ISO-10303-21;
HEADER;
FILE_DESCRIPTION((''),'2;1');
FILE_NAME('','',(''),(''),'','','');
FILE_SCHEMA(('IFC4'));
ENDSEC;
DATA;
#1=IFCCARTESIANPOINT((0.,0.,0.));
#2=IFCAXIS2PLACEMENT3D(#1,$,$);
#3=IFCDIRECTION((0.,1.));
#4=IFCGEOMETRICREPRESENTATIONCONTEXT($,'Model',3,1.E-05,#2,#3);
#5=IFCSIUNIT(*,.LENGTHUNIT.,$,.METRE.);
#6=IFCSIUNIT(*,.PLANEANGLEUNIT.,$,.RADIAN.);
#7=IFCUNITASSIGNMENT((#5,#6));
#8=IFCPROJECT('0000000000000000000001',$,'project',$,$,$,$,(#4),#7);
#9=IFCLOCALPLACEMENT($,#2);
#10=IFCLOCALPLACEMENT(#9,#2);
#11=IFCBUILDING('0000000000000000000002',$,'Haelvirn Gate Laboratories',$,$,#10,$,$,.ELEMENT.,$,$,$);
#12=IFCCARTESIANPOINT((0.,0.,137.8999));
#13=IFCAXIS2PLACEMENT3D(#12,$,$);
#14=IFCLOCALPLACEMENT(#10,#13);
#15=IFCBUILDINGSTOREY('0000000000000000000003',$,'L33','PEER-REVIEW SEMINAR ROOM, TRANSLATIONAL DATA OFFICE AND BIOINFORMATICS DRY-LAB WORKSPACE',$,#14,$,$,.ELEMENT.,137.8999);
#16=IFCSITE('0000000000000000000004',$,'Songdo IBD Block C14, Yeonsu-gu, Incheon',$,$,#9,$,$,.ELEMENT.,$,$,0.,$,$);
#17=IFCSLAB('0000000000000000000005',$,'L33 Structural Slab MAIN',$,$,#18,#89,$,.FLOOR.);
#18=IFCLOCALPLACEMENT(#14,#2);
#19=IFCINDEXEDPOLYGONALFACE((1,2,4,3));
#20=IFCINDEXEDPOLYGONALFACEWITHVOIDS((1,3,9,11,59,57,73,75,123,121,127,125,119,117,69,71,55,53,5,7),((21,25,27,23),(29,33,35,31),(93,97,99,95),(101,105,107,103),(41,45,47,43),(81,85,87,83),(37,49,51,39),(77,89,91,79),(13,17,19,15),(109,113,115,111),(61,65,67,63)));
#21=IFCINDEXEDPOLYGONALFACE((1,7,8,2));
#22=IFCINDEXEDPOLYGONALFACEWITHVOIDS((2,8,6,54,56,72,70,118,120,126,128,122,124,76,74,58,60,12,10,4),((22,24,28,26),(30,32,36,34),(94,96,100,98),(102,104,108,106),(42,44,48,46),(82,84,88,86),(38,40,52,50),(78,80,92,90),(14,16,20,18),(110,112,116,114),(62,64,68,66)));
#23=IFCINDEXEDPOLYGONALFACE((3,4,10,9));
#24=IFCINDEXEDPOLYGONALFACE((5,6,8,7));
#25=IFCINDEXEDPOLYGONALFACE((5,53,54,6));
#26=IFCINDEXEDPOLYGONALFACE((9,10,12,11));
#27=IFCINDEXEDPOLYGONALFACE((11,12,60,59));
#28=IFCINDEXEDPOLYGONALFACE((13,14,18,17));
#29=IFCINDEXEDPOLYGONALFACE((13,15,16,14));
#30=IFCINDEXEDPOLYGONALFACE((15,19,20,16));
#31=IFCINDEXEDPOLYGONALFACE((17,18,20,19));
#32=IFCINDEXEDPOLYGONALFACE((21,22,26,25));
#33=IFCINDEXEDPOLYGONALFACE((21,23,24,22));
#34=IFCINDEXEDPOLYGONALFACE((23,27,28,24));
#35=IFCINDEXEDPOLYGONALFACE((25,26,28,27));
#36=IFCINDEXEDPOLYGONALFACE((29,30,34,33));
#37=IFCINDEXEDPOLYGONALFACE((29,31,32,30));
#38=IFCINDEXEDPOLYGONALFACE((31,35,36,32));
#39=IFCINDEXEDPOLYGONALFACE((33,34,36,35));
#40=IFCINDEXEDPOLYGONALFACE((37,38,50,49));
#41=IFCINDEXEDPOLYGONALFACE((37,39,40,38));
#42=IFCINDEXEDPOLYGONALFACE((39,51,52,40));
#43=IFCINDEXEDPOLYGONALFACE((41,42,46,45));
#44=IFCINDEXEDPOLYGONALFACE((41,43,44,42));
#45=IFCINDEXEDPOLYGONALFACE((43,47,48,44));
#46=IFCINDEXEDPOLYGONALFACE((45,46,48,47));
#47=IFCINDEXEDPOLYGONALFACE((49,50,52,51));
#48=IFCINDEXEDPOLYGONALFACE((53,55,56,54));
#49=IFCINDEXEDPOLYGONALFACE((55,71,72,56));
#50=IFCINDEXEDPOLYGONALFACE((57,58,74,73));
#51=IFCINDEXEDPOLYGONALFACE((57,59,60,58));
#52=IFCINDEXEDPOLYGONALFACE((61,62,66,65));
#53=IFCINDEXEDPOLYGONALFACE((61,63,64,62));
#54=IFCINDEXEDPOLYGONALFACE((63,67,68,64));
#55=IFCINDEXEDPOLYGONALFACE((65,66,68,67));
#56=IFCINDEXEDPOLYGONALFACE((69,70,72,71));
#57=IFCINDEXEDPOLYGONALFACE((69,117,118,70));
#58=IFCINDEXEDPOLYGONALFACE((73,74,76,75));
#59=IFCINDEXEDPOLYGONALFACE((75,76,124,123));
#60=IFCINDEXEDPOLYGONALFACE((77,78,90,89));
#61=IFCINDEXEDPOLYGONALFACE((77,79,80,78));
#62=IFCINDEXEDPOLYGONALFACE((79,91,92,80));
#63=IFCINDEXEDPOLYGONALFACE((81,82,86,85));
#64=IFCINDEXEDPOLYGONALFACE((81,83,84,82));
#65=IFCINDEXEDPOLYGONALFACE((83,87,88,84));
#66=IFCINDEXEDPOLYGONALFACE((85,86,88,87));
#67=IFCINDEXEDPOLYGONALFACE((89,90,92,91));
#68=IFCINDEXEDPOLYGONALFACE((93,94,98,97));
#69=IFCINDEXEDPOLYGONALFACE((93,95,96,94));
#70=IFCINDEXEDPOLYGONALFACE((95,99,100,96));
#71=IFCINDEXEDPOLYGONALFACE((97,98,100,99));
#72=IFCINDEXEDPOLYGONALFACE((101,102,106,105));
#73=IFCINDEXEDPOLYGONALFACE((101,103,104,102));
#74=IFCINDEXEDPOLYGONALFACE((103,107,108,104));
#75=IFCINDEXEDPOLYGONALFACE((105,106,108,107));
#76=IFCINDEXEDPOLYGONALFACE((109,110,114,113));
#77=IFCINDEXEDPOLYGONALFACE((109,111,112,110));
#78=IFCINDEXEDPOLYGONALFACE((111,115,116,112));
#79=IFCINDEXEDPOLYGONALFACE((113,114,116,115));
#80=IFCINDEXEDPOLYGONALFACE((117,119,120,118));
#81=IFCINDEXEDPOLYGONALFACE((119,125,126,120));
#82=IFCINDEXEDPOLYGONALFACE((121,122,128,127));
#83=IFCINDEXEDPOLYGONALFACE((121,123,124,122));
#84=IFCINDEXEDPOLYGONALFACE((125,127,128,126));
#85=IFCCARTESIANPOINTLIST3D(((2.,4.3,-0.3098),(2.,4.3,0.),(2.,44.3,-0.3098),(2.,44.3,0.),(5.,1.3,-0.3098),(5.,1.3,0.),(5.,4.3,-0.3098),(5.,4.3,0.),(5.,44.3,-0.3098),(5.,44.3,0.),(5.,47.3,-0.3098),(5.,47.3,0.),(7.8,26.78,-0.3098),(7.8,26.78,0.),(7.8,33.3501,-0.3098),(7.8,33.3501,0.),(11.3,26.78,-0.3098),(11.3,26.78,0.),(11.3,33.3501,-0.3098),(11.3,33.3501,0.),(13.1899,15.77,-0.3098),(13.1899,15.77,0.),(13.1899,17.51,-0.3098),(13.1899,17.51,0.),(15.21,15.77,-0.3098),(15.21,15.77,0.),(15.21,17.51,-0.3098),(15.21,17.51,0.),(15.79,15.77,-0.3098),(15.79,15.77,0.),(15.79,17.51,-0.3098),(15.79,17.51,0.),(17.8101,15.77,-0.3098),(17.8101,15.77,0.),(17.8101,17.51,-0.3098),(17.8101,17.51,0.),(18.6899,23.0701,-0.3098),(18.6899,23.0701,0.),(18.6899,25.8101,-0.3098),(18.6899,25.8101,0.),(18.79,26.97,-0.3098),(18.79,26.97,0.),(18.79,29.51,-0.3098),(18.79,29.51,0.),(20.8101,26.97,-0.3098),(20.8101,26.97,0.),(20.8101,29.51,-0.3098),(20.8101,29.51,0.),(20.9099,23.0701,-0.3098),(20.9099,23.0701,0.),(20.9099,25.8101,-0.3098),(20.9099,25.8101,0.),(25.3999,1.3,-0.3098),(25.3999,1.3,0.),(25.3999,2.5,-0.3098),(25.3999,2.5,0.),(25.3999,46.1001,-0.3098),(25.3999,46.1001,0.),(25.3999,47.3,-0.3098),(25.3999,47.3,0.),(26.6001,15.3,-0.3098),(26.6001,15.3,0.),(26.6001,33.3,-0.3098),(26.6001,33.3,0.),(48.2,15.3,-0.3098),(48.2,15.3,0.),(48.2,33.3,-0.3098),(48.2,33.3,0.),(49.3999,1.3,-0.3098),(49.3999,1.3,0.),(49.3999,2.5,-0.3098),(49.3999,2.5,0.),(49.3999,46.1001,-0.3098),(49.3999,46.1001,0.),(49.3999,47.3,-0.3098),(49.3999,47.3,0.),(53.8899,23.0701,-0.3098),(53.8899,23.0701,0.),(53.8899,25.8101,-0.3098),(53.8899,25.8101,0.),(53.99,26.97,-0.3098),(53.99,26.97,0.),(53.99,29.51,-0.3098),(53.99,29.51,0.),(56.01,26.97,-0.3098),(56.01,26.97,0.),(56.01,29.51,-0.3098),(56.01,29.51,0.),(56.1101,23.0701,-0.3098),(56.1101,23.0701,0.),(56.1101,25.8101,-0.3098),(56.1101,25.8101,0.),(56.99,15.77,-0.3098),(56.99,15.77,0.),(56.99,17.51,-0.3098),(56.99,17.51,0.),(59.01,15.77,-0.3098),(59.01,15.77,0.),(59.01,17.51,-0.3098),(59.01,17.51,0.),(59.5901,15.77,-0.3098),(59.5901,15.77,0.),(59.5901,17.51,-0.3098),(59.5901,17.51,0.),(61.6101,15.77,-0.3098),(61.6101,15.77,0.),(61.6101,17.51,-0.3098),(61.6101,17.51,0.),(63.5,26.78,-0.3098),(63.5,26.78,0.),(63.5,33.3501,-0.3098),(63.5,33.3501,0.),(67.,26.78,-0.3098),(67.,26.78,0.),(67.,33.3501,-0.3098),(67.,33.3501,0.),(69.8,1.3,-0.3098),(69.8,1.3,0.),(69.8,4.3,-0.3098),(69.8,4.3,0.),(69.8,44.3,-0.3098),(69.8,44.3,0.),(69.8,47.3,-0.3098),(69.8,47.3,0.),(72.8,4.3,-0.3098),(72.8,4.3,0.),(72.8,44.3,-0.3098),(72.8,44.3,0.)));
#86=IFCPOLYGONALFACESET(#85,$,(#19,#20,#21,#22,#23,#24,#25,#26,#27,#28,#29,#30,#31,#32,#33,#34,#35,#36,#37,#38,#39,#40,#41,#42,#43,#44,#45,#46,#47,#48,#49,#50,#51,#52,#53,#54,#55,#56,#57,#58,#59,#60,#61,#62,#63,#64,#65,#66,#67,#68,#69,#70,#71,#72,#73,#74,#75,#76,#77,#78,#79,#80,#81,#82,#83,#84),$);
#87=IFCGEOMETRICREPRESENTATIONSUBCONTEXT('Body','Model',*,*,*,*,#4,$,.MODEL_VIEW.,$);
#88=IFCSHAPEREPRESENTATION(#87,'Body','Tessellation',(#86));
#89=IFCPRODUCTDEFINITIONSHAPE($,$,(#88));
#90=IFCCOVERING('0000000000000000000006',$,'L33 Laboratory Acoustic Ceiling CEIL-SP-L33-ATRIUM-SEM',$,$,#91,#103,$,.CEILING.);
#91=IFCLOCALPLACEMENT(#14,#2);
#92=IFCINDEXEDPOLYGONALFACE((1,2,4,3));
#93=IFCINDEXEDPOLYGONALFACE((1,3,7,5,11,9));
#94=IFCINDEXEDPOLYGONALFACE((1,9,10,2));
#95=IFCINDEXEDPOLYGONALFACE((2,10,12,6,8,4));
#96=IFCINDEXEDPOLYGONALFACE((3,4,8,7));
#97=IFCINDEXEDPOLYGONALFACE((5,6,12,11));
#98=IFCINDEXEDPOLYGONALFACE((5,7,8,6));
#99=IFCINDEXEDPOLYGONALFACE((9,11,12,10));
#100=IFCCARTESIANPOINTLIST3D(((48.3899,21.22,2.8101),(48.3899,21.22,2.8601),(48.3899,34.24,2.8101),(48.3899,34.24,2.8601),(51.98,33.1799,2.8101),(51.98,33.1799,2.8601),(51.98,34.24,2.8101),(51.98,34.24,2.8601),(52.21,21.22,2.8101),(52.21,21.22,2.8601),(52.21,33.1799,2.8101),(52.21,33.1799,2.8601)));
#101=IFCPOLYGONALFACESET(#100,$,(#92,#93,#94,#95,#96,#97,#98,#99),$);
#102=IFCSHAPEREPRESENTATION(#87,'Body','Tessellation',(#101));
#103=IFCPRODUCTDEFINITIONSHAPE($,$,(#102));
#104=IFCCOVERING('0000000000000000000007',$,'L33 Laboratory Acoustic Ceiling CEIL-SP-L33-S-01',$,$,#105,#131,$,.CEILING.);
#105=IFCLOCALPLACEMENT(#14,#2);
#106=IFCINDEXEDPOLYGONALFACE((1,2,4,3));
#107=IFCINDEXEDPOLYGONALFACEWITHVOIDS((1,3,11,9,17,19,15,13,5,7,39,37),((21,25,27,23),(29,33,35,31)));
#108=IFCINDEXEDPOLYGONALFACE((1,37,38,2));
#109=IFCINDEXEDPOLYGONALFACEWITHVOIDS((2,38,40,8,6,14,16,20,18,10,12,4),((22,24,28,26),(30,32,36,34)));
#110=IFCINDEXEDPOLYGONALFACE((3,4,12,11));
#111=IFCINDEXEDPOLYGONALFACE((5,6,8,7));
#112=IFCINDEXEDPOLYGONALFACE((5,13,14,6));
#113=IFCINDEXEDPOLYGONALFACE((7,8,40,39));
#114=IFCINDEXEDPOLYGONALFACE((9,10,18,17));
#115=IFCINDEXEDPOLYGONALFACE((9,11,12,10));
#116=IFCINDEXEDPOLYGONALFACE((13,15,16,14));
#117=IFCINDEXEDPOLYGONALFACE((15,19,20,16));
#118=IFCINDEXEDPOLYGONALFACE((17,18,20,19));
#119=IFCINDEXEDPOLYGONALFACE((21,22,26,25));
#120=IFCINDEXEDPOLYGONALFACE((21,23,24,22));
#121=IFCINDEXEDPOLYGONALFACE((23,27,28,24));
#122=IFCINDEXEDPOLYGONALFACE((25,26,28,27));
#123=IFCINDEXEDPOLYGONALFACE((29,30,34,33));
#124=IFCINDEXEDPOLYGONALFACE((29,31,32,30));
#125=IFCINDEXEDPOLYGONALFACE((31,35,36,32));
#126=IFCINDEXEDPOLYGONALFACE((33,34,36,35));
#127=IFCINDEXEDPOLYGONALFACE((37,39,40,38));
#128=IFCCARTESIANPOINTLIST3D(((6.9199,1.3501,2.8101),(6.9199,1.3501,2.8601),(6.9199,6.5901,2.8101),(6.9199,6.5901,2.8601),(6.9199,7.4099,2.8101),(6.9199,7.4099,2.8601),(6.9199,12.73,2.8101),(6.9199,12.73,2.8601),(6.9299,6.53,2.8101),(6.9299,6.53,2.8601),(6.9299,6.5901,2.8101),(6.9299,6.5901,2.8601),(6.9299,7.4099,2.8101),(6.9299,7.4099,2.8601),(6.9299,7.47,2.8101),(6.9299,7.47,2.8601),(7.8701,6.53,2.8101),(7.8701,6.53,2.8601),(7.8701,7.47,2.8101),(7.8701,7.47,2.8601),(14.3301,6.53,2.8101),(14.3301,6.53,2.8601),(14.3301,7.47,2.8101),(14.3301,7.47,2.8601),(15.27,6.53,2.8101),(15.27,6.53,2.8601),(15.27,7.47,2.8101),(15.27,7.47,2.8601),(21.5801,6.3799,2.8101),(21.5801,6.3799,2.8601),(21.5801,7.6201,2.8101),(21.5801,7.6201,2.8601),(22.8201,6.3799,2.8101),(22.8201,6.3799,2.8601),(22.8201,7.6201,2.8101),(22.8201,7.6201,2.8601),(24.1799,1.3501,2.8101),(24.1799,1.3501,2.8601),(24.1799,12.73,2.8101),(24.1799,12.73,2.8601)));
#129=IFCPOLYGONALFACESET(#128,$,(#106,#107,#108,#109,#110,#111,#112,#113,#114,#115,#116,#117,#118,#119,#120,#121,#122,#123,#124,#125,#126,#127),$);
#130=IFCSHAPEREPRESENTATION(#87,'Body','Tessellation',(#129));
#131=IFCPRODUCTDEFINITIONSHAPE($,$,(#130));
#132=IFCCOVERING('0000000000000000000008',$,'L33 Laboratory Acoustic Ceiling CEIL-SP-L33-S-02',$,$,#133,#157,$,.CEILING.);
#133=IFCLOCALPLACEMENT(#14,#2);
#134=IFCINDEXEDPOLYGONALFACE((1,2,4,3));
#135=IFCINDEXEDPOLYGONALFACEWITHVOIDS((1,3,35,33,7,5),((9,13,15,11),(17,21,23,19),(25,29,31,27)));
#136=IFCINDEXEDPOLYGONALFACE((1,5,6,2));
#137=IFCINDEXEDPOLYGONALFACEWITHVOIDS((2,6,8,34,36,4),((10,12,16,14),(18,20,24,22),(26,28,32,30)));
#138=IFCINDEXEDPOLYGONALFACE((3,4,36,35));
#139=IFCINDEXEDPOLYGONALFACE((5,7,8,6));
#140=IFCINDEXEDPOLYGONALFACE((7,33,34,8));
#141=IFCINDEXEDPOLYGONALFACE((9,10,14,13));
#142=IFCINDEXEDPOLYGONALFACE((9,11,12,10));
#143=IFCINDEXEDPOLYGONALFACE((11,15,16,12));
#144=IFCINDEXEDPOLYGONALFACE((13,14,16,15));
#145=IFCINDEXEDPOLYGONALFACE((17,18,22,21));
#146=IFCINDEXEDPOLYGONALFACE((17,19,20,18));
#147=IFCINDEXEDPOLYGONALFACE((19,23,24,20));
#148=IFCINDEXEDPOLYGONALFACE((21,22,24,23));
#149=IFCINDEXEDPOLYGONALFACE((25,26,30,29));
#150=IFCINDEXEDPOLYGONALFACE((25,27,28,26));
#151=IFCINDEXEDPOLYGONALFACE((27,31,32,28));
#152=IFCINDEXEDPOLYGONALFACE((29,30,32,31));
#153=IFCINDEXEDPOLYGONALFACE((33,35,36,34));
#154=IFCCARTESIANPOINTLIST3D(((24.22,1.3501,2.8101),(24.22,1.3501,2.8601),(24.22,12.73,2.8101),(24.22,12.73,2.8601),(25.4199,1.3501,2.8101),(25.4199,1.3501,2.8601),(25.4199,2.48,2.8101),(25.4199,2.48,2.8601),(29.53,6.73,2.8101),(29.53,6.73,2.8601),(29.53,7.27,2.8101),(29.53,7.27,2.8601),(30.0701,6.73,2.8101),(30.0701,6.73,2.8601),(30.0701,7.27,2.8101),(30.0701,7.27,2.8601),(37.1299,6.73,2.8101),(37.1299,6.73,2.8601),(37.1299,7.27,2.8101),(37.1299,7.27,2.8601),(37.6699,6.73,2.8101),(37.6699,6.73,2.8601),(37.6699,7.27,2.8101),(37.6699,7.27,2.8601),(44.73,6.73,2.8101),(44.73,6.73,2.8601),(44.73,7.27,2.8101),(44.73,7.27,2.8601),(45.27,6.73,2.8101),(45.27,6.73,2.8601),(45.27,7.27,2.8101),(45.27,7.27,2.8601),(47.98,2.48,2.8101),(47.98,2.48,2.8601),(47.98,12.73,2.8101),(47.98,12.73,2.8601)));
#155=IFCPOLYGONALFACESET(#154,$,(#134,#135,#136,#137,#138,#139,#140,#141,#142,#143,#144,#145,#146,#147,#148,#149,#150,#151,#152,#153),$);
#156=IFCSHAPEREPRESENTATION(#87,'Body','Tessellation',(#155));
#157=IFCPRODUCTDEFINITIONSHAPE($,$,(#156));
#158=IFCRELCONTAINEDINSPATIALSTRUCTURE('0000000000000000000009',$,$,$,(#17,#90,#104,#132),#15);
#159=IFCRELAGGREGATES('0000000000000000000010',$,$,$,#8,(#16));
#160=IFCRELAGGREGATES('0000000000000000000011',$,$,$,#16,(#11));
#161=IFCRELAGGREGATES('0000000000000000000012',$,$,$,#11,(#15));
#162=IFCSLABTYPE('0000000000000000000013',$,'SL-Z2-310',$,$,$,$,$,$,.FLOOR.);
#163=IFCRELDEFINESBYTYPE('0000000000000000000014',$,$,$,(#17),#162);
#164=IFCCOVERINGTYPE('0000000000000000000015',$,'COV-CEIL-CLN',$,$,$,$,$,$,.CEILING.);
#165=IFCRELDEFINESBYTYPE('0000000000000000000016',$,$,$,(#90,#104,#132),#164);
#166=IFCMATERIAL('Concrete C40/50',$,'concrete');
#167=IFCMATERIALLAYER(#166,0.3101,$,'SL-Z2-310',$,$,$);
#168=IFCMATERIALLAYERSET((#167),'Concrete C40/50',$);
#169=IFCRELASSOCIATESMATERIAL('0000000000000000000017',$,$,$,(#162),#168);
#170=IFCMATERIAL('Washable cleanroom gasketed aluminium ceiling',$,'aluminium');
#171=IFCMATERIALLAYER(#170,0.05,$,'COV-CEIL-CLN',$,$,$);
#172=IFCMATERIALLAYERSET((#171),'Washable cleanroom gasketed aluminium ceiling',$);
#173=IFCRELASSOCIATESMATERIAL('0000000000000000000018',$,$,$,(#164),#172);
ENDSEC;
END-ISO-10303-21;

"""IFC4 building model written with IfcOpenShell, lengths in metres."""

from ifc_helpers import new_model, si_unit, direction, frame, origin, place, context, subcontext, project, spatial, polyline, outline, extrude, material, layer, layer_set, type_object, element, save


model = new_model("IFC4")

# Units and contexts
model_context = context("Model", 3, precision=1e-05, world=origin(), true_north=direction((0.0, 1.0)))
body_context = subcontext(model_context, "Body", "Model", "MODEL_VIEW")
ifc_project = project(units=[si_unit("LENGTHUNIT", "METRE"), si_unit("PLANEANGLEUNIT", "RADIAN")], contexts=[model_context])

# Site, building, storey
site_placement = place(None, origin())
site = spatial("IfcSite", under=ifc_project, at=site_placement, Name="Songdo IBD Block C14, Yeonsu-gu, Incheon", CompositionType="ELEMENT", RefElevation=0.0)
building_placement = place(site_placement, origin())
building = spatial("IfcBuilding", under=site, at=building_placement, Name="Haelvirn Gate Laboratories", CompositionType="ELEMENT")
storey_placement = place(building_placement, frame((0.0, 0.0, 137.8999)))
storey = spatial("IfcBuildingStorey", under=building, at=storey_placement, Name="L33", Description="PEER-REVIEW SEMINAR ROOM, TRANSLATIONAL DATA OFFICE AND BIOINFORMATICS DRY-LAB WORKSPACE", CompositionType="ELEMENT", Elevation=137.8999)

# Slab
ifc_material_1 = material(Name="Concrete C40/50", Category="concrete")
ifc_layer_1 = layer(ifc_material_1, 0.3101, Name="SL-Z2-310")
ifc_layer_set_1 = layer_set([ifc_layer_1], Name="Concrete C40/50")
slab_type = type_object("IfcSlabType", Name="SL-Z2-310", PredefinedType="FLOOR", material=ifc_layer_set_1)
slab_placement = place(storey_placement, frame((0.0, 0.0, -0.3098)))
element("IfcSlab", 1, at=slab_placement, inside=storey, type_object=slab_type, Name="L33 Structural Slab MAIN", PredefinedType="FLOOR", context=body_context, shape_type="SweptSolid", body=[
    extrude(outline(polyline([(5.0, 1.3), (25.3999, 1.3), (25.3999, 2.5), (49.3999, 2.5), (49.3999, 1.3), (69.8, 1.3), (69.8, 4.3), (72.8, 4.3), (72.8, 44.3), (69.8, 44.3), (69.8, 47.3), (49.3999, 47.3), (49.3999, 46.1001), (25.3999, 46.1001), (25.3999, 47.3), (5.0, 47.3), (5.0, 44.3), (2.0, 44.3), (2.0, 4.3), (5.0, 4.3), (5.0, 1.3)]), holes=[polyline([(26.6001, 15.3), (48.2, 15.3), (48.2, 33.3), (26.6001, 33.3), (26.6001, 15.3)]), polyline([(11.3, 26.78), (11.3, 33.3501), (7.8, 33.3501), (7.8, 26.78), (11.3, 26.78)]), polyline([(67.0, 26.78), (67.0, 33.3501), (63.5, 33.3501), (63.5, 26.78), (67.0, 26.78)]), polyline([(13.1899, 15.77), (15.21, 15.77), (15.21, 17.51), (13.1899, 17.51), (13.1899, 15.77)]), polyline([(15.79, 15.77), (17.8101, 15.77), (17.8101, 17.51), (15.79, 17.51), (15.79, 15.77)]), polyline([(18.79, 26.97), (20.8101, 26.97), (20.8101, 29.51), (18.79, 29.51), (18.79, 26.97)]), polyline([(18.6899, 23.0701), (20.9099, 23.0701), (20.9099, 25.8101), (18.6899, 25.8101), (18.6899, 23.0701)]), polyline([(59.5901, 15.77), (61.6101, 15.77), (61.6101, 17.51), (59.5901, 17.51), (59.5901, 15.77)]), polyline([(56.99, 15.77), (59.01, 15.77), (59.01, 17.51), (56.99, 17.51), (56.99, 15.77)]), polyline([(53.99, 26.97), (56.01, 26.97), (56.01, 29.51), (53.99, 29.51), (53.99, 26.97)]), polyline([(53.8899, 23.0701), (56.1101, 23.0701), (56.1101, 25.8101), (53.8899, 25.8101), (53.8899, 23.0701)])]), origin(), (0.0, 0.0, 1.0), 0.3098),
])

# Coverings
ifc_material_2 = material(Name="Washable cleanroom gasketed aluminium ceiling", Category="aluminium")
ifc_layer_2 = layer(ifc_material_2, 0.05, Name="COV-CEIL-CLN")
ifc_layer_set_2 = layer_set([ifc_layer_2], Name="Washable cleanroom gasketed aluminium ceiling")
covering_type_1 = type_object("IfcCoveringType", Name="COV-CEIL-CLN", PredefinedType="CEILING", material=ifc_layer_set_2)
covering_1_placement = place(storey_placement, frame((0.0, 0.0, 2.8101)))
element("IfcCovering", 2, at=covering_1_placement, inside=storey, type_object=covering_type_1, Name="L33 Laboratory Acoustic Ceiling CEIL-SP-L33-ATRIUM-SEM", PredefinedType="CEILING", context=body_context, shape_type="SweptSolid", body=[
    extrude(outline(polyline([(52.21, 21.22), (48.3899, 21.22), (48.3899, 34.24), (51.98, 34.24), (51.98, 33.1799), (52.21, 33.1799), (52.21, 21.22)])), origin(), (0.0, 0.0, 1.0), 0.05),
])
covering_2_placement = place(storey_placement, frame((0.0, 0.0, 2.8101)))
element("IfcCovering", 3, at=covering_2_placement, inside=storey, type_object=covering_type_1, Name="L33 Laboratory Acoustic Ceiling CEIL-SP-L33-S-01", PredefinedType="CEILING", context=body_context, shape_type="SweptSolid", body=[
    extrude(outline(polyline([(6.9199, 7.4099), (6.9199, 12.73), (24.1799, 12.73), (24.1799, 1.3501), (6.9199, 1.3501), (6.9199, 6.5901), (6.9299, 6.5901), (6.9299, 6.53), (7.8701, 6.53), (7.8701, 7.47), (6.9299, 7.47), (6.9299, 7.4099), (6.9199, 7.4099)]), holes=[polyline([(14.3301, 6.53), (15.27, 6.53), (15.27, 7.47), (14.3301, 7.47), (14.3301, 6.53)]), polyline([(21.5801, 7.6201), (21.5801, 6.3799), (22.8201, 6.3799), (22.8201, 7.6201), (21.5801, 7.6201)])]), origin(), (0.0, 0.0, 1.0), 0.05),
])
covering_3_placement = place(storey_placement, frame((0.0, 0.0, 2.8101)))
element("IfcCovering", 4, at=covering_3_placement, inside=storey, type_object=covering_type_1, Name="L33 Laboratory Acoustic Ceiling CEIL-SP-L33-S-02", PredefinedType="CEILING", context=body_context, shape_type="SweptSolid", body=[
    extrude(outline(polyline([(24.22, 12.73), (47.98, 12.73), (47.98, 2.48), (25.4199, 2.48), (25.4199, 1.3501), (24.22, 1.3501), (24.22, 12.73)]), holes=[polyline([(29.53, 6.73), (30.0701, 6.73), (30.0701, 7.27), (29.53, 7.27), (29.53, 6.73)]), polyline([(37.1299, 7.27), (37.1299, 6.73), (37.6699, 6.73), (37.6699, 7.27), (37.1299, 7.27)]), polyline([(45.27, 7.27), (44.73, 7.27), (44.73, 6.73), (45.27, 6.73), (45.27, 7.27)])]), origin(), (0.0, 0.0, 1.0), 0.05),
])

save(model, "model.ifc")
